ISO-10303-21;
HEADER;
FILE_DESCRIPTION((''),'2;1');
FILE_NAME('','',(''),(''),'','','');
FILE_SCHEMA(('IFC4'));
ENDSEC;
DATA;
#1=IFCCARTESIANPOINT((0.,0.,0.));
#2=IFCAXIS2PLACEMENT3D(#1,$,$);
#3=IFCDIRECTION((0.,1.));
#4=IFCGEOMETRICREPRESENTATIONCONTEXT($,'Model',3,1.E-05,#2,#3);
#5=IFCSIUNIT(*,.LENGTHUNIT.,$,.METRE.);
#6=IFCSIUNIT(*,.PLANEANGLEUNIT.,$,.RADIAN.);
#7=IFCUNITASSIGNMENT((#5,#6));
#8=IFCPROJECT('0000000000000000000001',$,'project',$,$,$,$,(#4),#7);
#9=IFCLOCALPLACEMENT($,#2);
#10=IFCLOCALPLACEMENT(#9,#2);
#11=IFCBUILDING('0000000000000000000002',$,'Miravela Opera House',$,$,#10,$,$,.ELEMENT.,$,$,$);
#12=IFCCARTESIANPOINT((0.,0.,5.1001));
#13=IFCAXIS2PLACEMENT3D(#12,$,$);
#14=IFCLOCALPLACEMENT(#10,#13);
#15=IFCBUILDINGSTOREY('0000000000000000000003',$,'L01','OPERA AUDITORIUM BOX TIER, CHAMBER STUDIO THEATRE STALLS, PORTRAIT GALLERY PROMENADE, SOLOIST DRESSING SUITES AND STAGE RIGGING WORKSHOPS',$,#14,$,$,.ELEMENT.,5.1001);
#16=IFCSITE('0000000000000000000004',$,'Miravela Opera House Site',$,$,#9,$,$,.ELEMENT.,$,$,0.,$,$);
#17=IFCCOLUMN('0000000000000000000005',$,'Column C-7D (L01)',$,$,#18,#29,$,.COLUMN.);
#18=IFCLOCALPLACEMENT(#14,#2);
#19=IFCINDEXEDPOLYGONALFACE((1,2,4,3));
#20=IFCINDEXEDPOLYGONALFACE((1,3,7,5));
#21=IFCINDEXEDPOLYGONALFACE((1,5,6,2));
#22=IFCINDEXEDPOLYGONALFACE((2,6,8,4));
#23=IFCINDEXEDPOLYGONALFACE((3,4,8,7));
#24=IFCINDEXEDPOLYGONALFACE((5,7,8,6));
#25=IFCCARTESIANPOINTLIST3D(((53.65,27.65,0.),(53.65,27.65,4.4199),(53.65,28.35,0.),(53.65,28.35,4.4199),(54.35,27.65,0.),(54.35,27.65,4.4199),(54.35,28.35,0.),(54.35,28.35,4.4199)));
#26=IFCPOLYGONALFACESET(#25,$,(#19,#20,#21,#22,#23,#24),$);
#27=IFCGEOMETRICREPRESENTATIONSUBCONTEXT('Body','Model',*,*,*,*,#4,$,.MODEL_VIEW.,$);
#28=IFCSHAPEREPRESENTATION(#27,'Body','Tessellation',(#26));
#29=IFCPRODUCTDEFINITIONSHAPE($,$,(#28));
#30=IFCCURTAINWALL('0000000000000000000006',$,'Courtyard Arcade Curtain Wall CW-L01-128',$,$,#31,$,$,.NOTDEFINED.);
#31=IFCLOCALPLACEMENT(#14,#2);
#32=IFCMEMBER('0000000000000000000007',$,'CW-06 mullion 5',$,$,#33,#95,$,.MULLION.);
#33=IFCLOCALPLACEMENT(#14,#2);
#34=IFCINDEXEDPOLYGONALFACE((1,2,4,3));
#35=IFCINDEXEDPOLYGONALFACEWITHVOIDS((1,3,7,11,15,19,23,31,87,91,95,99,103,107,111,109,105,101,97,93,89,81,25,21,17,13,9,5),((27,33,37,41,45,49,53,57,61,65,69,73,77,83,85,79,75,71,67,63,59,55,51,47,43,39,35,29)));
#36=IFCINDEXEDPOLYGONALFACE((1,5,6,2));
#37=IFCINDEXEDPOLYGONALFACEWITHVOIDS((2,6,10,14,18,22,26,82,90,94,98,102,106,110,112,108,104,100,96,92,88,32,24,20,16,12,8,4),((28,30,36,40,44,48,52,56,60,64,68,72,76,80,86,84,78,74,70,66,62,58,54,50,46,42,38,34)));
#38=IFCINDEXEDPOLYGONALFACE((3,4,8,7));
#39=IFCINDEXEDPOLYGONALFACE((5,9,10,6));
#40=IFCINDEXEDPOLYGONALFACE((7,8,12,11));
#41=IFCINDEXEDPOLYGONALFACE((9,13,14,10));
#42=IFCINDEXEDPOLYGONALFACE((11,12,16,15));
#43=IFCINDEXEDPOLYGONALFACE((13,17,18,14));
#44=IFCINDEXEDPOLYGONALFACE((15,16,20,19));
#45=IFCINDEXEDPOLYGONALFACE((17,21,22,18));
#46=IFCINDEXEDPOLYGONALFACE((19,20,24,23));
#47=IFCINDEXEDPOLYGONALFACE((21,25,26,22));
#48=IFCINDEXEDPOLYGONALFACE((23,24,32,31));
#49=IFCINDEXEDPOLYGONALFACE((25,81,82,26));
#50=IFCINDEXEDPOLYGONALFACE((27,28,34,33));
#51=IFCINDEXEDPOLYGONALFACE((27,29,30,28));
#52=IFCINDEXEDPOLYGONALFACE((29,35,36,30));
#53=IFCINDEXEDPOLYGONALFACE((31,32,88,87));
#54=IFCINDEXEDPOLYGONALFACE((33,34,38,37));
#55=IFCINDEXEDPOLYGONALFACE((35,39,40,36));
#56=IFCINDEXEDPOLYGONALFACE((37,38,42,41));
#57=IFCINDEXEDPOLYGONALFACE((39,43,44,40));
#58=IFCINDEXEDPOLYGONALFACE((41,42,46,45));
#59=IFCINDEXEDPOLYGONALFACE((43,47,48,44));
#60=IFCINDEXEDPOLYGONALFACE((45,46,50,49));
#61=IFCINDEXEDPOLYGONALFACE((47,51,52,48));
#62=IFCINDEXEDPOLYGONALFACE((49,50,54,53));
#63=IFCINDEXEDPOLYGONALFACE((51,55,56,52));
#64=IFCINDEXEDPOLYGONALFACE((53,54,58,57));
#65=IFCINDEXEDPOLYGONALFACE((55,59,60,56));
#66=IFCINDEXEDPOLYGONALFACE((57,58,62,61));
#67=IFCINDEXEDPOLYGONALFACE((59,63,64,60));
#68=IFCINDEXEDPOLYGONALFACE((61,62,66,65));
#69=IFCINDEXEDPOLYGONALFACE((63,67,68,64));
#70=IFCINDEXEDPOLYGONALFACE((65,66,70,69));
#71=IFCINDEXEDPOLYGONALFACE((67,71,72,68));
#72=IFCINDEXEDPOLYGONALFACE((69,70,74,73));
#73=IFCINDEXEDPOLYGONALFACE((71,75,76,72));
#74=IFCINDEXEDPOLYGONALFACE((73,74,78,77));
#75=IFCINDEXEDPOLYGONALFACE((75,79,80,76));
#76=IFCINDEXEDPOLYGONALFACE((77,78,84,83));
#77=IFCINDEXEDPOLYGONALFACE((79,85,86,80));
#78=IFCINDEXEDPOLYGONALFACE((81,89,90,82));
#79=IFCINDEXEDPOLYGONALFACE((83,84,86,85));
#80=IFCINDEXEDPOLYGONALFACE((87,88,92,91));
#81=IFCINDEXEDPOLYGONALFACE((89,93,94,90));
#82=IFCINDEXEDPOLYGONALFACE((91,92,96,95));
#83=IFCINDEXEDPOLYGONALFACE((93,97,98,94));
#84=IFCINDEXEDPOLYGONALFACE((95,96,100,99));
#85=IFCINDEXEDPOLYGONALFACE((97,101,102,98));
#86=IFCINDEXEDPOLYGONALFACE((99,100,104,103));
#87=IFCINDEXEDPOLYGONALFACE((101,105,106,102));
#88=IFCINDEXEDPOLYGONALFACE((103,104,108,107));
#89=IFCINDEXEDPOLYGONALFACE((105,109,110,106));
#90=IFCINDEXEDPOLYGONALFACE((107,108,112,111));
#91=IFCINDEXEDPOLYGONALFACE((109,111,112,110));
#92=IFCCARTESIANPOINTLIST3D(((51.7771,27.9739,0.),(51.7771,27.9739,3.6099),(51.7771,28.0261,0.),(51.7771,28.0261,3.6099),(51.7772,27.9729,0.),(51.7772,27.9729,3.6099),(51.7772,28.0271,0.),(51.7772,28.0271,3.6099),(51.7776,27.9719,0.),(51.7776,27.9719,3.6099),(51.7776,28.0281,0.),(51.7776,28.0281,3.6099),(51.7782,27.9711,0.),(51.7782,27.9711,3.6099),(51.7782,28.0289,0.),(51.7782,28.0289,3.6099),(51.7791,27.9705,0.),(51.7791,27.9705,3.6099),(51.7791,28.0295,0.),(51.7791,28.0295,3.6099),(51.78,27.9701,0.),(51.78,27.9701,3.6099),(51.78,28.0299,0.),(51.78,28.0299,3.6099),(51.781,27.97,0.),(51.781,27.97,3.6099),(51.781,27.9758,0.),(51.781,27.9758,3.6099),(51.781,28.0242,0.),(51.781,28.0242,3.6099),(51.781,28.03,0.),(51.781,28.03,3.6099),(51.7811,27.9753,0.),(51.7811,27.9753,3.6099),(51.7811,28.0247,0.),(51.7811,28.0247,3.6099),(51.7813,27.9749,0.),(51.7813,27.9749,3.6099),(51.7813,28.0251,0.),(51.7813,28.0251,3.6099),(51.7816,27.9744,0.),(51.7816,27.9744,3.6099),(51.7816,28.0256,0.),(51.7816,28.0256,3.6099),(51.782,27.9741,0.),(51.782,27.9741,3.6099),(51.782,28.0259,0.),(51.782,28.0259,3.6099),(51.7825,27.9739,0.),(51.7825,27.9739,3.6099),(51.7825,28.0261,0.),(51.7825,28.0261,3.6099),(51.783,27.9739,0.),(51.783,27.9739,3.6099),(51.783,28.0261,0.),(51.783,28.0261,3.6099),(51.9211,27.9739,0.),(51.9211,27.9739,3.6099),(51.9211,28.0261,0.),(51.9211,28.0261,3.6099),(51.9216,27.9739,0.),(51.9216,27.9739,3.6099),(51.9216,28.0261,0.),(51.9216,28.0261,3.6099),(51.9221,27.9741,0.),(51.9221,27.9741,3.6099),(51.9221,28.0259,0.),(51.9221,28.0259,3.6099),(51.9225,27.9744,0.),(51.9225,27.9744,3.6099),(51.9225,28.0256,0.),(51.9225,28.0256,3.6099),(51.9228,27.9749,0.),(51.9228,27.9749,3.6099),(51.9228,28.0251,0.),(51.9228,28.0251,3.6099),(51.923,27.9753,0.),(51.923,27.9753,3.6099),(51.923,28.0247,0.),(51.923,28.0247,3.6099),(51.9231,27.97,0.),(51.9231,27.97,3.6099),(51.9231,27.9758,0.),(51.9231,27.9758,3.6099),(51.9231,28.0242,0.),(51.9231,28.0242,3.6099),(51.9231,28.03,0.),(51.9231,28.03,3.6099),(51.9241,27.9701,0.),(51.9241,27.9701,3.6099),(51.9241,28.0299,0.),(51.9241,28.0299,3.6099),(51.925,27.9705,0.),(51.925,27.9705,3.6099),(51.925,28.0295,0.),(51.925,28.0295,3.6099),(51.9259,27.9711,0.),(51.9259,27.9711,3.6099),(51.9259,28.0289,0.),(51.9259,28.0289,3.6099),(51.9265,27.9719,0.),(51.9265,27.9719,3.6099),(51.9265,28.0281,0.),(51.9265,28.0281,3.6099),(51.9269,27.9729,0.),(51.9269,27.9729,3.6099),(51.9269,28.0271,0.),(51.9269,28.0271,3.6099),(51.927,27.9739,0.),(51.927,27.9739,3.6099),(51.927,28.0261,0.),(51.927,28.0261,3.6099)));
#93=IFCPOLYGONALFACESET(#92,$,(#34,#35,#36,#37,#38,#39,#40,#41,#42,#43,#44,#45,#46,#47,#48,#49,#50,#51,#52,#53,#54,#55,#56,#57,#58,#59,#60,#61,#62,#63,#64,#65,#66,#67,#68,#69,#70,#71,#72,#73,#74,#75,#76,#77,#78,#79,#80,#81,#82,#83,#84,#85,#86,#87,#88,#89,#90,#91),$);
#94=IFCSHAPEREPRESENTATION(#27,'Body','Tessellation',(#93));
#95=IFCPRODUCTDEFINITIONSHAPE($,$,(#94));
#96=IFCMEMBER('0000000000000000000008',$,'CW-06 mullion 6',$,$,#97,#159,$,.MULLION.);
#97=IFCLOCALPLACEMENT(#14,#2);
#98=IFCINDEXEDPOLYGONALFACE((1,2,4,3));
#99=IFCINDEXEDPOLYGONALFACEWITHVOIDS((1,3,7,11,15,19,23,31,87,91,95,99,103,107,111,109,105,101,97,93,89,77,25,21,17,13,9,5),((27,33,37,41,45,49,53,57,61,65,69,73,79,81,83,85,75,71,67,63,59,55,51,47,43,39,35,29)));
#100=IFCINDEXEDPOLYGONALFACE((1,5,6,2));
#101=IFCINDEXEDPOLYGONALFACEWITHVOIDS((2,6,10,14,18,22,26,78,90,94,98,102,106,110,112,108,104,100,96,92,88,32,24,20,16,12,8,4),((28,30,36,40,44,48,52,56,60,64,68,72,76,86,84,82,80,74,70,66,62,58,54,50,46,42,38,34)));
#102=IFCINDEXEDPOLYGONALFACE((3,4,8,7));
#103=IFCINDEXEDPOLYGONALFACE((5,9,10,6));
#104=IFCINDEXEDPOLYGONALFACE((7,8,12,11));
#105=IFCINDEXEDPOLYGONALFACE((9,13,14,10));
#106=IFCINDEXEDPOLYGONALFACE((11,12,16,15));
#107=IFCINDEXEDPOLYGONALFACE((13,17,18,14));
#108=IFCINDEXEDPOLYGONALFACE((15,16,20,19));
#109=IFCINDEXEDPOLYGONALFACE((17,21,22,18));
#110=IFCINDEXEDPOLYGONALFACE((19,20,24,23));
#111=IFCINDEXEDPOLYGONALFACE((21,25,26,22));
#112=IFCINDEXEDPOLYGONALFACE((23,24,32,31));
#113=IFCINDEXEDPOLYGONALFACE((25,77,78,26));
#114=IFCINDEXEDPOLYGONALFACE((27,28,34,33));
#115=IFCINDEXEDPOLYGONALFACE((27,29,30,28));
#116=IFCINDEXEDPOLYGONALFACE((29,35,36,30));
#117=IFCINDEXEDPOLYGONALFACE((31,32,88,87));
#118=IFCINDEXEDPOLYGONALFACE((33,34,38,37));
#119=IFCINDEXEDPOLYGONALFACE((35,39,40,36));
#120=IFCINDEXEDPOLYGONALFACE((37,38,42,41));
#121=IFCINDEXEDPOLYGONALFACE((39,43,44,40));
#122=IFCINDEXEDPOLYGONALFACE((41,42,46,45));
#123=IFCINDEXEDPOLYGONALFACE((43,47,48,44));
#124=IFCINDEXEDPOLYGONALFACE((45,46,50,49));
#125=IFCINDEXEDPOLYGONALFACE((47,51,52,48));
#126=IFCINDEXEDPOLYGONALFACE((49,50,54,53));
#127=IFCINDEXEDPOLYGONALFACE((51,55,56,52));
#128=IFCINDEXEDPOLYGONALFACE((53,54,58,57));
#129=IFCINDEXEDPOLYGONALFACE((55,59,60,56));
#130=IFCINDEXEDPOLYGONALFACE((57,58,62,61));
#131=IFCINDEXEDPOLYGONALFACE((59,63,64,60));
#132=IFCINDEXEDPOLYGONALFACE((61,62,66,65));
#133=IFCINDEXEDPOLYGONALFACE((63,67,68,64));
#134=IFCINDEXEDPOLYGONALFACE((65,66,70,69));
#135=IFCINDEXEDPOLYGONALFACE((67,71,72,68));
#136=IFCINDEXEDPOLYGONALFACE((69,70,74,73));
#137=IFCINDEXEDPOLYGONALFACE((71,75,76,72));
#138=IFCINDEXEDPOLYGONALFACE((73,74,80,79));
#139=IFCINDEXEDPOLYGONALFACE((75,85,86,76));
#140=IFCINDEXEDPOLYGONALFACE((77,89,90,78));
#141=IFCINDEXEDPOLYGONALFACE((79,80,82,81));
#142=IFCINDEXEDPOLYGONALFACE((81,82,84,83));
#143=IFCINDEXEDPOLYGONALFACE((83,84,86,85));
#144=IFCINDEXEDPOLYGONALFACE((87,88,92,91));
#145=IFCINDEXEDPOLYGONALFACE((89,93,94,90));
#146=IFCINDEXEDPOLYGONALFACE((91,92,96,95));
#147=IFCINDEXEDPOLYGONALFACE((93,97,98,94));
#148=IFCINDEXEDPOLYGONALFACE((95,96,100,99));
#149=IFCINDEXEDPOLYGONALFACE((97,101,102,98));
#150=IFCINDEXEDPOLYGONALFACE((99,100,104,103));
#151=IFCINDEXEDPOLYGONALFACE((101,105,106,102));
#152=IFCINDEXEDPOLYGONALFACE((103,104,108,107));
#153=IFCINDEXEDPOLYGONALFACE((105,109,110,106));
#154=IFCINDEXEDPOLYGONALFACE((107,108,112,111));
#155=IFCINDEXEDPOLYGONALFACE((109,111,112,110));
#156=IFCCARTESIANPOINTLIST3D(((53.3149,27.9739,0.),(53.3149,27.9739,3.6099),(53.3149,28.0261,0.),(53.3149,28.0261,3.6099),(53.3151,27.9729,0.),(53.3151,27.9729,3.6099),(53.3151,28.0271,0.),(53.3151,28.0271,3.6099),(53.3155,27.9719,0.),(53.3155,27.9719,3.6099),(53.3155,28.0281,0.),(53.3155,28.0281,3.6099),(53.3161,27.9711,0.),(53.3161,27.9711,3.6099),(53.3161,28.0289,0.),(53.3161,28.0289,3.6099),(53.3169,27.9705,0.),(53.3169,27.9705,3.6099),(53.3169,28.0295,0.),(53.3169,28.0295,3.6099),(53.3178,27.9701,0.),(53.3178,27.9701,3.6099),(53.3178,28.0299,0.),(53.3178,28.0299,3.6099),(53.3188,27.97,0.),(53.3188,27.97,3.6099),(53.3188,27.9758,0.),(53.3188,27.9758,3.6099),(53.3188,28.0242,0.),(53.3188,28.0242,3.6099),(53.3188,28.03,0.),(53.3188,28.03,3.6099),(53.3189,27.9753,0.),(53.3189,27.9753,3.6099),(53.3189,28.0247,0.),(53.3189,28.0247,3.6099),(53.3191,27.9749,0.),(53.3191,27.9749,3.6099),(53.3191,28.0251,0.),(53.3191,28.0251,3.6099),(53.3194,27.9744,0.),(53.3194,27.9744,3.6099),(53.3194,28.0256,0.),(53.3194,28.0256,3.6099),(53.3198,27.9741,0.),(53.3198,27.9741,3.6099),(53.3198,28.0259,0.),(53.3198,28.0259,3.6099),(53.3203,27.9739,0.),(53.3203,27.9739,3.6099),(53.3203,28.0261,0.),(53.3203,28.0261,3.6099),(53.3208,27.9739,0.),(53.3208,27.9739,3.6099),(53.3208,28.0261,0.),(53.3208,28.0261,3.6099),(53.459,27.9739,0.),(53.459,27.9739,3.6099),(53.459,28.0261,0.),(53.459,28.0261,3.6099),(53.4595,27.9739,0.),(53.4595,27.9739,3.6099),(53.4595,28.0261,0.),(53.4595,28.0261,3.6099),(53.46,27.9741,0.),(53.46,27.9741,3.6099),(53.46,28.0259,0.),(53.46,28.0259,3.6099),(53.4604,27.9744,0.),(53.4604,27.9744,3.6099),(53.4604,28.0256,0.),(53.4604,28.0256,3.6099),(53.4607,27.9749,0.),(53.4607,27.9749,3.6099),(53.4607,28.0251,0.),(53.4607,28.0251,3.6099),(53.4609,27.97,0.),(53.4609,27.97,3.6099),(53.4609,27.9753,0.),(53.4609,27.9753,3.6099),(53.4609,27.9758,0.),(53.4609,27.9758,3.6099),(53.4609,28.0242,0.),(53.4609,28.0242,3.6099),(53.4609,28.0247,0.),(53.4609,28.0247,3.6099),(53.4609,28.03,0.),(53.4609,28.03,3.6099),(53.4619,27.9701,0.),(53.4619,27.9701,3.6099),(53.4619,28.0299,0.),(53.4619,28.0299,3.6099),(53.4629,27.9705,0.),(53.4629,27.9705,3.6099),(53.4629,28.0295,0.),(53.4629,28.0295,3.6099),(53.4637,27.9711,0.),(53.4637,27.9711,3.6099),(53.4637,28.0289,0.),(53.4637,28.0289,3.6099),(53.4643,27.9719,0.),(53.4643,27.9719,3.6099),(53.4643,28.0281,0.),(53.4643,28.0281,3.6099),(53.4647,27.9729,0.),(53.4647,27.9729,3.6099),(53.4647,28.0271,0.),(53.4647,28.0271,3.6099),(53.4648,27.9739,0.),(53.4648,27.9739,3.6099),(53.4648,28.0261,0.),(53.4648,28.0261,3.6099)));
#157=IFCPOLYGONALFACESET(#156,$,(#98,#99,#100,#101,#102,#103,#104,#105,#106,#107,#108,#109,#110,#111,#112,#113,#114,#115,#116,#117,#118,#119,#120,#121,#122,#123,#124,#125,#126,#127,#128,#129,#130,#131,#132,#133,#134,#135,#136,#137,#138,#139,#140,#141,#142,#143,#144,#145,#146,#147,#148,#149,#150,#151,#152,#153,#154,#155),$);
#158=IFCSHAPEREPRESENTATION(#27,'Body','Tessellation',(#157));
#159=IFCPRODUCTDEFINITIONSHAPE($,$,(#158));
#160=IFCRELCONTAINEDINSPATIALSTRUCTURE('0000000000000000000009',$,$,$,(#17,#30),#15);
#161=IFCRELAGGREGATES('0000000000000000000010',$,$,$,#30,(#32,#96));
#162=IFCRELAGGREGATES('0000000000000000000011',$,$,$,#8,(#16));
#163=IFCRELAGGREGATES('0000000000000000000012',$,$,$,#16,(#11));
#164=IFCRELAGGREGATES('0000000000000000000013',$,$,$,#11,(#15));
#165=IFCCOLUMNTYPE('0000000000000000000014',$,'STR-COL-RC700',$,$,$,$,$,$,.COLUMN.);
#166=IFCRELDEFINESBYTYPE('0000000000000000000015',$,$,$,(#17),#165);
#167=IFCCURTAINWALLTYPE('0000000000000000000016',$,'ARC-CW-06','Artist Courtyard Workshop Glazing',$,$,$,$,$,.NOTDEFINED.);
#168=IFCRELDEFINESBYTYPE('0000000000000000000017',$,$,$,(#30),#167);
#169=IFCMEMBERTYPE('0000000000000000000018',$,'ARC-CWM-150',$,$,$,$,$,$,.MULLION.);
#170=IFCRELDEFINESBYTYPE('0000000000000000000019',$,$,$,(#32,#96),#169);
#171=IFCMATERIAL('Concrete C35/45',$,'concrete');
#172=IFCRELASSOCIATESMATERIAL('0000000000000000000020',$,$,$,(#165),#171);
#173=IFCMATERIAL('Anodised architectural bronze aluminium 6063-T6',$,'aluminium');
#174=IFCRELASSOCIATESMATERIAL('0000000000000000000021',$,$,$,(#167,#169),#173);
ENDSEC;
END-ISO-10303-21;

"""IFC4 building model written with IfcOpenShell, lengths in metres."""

from ifc_helpers import new_model, si_unit, direction, frame, origin, origin_2d, place, context, subcontext, project, spatial, rectangle, hollow_rectangle, extrude, material, material_profile, profile_set, type_object, element, aggregate, save


model = new_model("IFC4")

# Units and contexts
model_context = context("Model", 3, precision=1e-05, world=origin(), true_north=direction((0.0, 1.0)))
body_context = subcontext(model_context, "Body", "Model", "MODEL_VIEW")
ifc_project = project(units=[si_unit("LENGTHUNIT", "METRE"), si_unit("PLANEANGLEUNIT", "RADIAN")], contexts=[model_context])

# Site, building, storey
site_placement = place(None, origin())
site = spatial("IfcSite", under=ifc_project, at=site_placement, Name="Miravela Opera House Site", CompositionType="ELEMENT", RefElevation=0.0)
building_placement = place(site_placement, origin())
building = spatial("IfcBuilding", under=site, at=building_placement, Name="Miravela Opera House", CompositionType="ELEMENT")
storey_placement = place(building_placement, frame((0.0, 0.0, 5.1001)))
storey = spatial("IfcBuildingStorey", under=building, at=storey_placement, Name="L01", Description="OPERA AUDITORIUM BOX TIER, CHAMBER STUDIO THEATRE STALLS, PORTRAIT GALLERY PROMENADE, SOLOIST DRESSING SUITES AND STAGE RIGGING WORKSHOPS", CompositionType="ELEMENT", Elevation=5.1001)

# Column
ifc_material_1 = material(Name="Concrete C35/45", Category="concrete")
ifc_material_profile_1 = material_profile(ifc_material_1, rectangle(XDim=0.7, YDim=0.7, at=origin_2d()), Name="RC-COL-700X700")
ifc_profile_set_1 = profile_set([ifc_material_profile_1])
column_type = type_object("IfcColumnType", Name="STR-COL-RC700", PredefinedType="COLUMN", material=ifc_profile_set_1)
column_placement = place(storey_placement, frame((54.0, 28.0, 0.0), z_axis=(0.0, 0.0, 1.0), x_axis=(1.0, 0.0, 0.0)))
element("IfcColumn", 1, at=column_placement, inside=storey, type_object=column_type, Name="Column C-7D (L01)", PredefinedType="COLUMN", context=body_context, shape_type="SweptSolid", body=[
    extrude(rectangle(XDim=0.7, YDim=0.7, at=origin_2d()), origin(), (0.0, 0.0, 1.0), 4.4199),
])

# Curtain wall, members
ifc_material_2 = material(Name="Anodised architectural bronze aluminium 6063-T6", Category="aluminium")
curtain_wall_type = type_object("IfcCurtainWallType", Name="ARC-CW-06", Description="Artist Courtyard Workshop Glazing", PredefinedType="NOTDEFINED", material=ifc_material_2)
curtain_wall_1_placement = place(storey_placement, origin())
curtain_wall_1 = element("IfcCurtainWall", 2, at=curtain_wall_1_placement, inside=storey, type_object=curtain_wall_type, Name="Courtyard Arcade Curtain Wall CW-L01-128", PredefinedType="NOTDEFINED")
ifc_material_profile_2 = material_profile(ifc_material_2, hollow_rectangle(XDim=0.0601, YDim=0.1499, WallThickness=0.0039, InnerFilletRadius=0.002, OuterFilletRadius=0.0039, at=origin_2d()), Name="CWM-60X150")
ifc_profile_set_2 = profile_set([ifc_material_profile_2])
member_type_1 = type_object("IfcMemberType", Name="ARC-CWM-150", PredefinedType="MULLION", material=ifc_profile_set_2)
member_1_placement = place(storey_placement, frame((51.8521, 28.0, 0.0), z_axis=(0.0, 0.0, 1.0), x_axis=(0.0, 1.0, 0.0)))
member_1 = element("IfcMember", 3, at=member_1_placement, type_object=member_type_1, Name="CW-06 mullion 5", PredefinedType="MULLION", context=body_context, shape_type="SweptSolid", body=[
    extrude(hollow_rectangle(XDim=0.0601, YDim=0.1499, WallThickness=0.0039, InnerFilletRadius=0.002, OuterFilletRadius=0.0039, at=origin_2d()), origin(), (0.0, 0.0, 1.0), 3.6099),
])
member_2_placement = place(storey_placement, frame((53.3899, 28.0, 0.0), z_axis=(0.0, 0.0, 1.0), x_axis=(0.0, 1.0, 0.0)))
member_2 = element("IfcMember", 4, at=member_2_placement, type_object=member_type_1, Name="CW-06 mullion 6", PredefinedType="MULLION", context=body_context, shape_type="SweptSolid", body=[
    extrude(hollow_rectangle(XDim=0.0601, YDim=0.1499, WallThickness=0.0039, InnerFilletRadius=0.002, OuterFilletRadius=0.0039, at=origin_2d()), origin(), (0.0, 0.0, 1.0), 3.6099),
])

aggregate(curtain_wall_1, [member_1, member_2])

save(model, "model.ifc")
